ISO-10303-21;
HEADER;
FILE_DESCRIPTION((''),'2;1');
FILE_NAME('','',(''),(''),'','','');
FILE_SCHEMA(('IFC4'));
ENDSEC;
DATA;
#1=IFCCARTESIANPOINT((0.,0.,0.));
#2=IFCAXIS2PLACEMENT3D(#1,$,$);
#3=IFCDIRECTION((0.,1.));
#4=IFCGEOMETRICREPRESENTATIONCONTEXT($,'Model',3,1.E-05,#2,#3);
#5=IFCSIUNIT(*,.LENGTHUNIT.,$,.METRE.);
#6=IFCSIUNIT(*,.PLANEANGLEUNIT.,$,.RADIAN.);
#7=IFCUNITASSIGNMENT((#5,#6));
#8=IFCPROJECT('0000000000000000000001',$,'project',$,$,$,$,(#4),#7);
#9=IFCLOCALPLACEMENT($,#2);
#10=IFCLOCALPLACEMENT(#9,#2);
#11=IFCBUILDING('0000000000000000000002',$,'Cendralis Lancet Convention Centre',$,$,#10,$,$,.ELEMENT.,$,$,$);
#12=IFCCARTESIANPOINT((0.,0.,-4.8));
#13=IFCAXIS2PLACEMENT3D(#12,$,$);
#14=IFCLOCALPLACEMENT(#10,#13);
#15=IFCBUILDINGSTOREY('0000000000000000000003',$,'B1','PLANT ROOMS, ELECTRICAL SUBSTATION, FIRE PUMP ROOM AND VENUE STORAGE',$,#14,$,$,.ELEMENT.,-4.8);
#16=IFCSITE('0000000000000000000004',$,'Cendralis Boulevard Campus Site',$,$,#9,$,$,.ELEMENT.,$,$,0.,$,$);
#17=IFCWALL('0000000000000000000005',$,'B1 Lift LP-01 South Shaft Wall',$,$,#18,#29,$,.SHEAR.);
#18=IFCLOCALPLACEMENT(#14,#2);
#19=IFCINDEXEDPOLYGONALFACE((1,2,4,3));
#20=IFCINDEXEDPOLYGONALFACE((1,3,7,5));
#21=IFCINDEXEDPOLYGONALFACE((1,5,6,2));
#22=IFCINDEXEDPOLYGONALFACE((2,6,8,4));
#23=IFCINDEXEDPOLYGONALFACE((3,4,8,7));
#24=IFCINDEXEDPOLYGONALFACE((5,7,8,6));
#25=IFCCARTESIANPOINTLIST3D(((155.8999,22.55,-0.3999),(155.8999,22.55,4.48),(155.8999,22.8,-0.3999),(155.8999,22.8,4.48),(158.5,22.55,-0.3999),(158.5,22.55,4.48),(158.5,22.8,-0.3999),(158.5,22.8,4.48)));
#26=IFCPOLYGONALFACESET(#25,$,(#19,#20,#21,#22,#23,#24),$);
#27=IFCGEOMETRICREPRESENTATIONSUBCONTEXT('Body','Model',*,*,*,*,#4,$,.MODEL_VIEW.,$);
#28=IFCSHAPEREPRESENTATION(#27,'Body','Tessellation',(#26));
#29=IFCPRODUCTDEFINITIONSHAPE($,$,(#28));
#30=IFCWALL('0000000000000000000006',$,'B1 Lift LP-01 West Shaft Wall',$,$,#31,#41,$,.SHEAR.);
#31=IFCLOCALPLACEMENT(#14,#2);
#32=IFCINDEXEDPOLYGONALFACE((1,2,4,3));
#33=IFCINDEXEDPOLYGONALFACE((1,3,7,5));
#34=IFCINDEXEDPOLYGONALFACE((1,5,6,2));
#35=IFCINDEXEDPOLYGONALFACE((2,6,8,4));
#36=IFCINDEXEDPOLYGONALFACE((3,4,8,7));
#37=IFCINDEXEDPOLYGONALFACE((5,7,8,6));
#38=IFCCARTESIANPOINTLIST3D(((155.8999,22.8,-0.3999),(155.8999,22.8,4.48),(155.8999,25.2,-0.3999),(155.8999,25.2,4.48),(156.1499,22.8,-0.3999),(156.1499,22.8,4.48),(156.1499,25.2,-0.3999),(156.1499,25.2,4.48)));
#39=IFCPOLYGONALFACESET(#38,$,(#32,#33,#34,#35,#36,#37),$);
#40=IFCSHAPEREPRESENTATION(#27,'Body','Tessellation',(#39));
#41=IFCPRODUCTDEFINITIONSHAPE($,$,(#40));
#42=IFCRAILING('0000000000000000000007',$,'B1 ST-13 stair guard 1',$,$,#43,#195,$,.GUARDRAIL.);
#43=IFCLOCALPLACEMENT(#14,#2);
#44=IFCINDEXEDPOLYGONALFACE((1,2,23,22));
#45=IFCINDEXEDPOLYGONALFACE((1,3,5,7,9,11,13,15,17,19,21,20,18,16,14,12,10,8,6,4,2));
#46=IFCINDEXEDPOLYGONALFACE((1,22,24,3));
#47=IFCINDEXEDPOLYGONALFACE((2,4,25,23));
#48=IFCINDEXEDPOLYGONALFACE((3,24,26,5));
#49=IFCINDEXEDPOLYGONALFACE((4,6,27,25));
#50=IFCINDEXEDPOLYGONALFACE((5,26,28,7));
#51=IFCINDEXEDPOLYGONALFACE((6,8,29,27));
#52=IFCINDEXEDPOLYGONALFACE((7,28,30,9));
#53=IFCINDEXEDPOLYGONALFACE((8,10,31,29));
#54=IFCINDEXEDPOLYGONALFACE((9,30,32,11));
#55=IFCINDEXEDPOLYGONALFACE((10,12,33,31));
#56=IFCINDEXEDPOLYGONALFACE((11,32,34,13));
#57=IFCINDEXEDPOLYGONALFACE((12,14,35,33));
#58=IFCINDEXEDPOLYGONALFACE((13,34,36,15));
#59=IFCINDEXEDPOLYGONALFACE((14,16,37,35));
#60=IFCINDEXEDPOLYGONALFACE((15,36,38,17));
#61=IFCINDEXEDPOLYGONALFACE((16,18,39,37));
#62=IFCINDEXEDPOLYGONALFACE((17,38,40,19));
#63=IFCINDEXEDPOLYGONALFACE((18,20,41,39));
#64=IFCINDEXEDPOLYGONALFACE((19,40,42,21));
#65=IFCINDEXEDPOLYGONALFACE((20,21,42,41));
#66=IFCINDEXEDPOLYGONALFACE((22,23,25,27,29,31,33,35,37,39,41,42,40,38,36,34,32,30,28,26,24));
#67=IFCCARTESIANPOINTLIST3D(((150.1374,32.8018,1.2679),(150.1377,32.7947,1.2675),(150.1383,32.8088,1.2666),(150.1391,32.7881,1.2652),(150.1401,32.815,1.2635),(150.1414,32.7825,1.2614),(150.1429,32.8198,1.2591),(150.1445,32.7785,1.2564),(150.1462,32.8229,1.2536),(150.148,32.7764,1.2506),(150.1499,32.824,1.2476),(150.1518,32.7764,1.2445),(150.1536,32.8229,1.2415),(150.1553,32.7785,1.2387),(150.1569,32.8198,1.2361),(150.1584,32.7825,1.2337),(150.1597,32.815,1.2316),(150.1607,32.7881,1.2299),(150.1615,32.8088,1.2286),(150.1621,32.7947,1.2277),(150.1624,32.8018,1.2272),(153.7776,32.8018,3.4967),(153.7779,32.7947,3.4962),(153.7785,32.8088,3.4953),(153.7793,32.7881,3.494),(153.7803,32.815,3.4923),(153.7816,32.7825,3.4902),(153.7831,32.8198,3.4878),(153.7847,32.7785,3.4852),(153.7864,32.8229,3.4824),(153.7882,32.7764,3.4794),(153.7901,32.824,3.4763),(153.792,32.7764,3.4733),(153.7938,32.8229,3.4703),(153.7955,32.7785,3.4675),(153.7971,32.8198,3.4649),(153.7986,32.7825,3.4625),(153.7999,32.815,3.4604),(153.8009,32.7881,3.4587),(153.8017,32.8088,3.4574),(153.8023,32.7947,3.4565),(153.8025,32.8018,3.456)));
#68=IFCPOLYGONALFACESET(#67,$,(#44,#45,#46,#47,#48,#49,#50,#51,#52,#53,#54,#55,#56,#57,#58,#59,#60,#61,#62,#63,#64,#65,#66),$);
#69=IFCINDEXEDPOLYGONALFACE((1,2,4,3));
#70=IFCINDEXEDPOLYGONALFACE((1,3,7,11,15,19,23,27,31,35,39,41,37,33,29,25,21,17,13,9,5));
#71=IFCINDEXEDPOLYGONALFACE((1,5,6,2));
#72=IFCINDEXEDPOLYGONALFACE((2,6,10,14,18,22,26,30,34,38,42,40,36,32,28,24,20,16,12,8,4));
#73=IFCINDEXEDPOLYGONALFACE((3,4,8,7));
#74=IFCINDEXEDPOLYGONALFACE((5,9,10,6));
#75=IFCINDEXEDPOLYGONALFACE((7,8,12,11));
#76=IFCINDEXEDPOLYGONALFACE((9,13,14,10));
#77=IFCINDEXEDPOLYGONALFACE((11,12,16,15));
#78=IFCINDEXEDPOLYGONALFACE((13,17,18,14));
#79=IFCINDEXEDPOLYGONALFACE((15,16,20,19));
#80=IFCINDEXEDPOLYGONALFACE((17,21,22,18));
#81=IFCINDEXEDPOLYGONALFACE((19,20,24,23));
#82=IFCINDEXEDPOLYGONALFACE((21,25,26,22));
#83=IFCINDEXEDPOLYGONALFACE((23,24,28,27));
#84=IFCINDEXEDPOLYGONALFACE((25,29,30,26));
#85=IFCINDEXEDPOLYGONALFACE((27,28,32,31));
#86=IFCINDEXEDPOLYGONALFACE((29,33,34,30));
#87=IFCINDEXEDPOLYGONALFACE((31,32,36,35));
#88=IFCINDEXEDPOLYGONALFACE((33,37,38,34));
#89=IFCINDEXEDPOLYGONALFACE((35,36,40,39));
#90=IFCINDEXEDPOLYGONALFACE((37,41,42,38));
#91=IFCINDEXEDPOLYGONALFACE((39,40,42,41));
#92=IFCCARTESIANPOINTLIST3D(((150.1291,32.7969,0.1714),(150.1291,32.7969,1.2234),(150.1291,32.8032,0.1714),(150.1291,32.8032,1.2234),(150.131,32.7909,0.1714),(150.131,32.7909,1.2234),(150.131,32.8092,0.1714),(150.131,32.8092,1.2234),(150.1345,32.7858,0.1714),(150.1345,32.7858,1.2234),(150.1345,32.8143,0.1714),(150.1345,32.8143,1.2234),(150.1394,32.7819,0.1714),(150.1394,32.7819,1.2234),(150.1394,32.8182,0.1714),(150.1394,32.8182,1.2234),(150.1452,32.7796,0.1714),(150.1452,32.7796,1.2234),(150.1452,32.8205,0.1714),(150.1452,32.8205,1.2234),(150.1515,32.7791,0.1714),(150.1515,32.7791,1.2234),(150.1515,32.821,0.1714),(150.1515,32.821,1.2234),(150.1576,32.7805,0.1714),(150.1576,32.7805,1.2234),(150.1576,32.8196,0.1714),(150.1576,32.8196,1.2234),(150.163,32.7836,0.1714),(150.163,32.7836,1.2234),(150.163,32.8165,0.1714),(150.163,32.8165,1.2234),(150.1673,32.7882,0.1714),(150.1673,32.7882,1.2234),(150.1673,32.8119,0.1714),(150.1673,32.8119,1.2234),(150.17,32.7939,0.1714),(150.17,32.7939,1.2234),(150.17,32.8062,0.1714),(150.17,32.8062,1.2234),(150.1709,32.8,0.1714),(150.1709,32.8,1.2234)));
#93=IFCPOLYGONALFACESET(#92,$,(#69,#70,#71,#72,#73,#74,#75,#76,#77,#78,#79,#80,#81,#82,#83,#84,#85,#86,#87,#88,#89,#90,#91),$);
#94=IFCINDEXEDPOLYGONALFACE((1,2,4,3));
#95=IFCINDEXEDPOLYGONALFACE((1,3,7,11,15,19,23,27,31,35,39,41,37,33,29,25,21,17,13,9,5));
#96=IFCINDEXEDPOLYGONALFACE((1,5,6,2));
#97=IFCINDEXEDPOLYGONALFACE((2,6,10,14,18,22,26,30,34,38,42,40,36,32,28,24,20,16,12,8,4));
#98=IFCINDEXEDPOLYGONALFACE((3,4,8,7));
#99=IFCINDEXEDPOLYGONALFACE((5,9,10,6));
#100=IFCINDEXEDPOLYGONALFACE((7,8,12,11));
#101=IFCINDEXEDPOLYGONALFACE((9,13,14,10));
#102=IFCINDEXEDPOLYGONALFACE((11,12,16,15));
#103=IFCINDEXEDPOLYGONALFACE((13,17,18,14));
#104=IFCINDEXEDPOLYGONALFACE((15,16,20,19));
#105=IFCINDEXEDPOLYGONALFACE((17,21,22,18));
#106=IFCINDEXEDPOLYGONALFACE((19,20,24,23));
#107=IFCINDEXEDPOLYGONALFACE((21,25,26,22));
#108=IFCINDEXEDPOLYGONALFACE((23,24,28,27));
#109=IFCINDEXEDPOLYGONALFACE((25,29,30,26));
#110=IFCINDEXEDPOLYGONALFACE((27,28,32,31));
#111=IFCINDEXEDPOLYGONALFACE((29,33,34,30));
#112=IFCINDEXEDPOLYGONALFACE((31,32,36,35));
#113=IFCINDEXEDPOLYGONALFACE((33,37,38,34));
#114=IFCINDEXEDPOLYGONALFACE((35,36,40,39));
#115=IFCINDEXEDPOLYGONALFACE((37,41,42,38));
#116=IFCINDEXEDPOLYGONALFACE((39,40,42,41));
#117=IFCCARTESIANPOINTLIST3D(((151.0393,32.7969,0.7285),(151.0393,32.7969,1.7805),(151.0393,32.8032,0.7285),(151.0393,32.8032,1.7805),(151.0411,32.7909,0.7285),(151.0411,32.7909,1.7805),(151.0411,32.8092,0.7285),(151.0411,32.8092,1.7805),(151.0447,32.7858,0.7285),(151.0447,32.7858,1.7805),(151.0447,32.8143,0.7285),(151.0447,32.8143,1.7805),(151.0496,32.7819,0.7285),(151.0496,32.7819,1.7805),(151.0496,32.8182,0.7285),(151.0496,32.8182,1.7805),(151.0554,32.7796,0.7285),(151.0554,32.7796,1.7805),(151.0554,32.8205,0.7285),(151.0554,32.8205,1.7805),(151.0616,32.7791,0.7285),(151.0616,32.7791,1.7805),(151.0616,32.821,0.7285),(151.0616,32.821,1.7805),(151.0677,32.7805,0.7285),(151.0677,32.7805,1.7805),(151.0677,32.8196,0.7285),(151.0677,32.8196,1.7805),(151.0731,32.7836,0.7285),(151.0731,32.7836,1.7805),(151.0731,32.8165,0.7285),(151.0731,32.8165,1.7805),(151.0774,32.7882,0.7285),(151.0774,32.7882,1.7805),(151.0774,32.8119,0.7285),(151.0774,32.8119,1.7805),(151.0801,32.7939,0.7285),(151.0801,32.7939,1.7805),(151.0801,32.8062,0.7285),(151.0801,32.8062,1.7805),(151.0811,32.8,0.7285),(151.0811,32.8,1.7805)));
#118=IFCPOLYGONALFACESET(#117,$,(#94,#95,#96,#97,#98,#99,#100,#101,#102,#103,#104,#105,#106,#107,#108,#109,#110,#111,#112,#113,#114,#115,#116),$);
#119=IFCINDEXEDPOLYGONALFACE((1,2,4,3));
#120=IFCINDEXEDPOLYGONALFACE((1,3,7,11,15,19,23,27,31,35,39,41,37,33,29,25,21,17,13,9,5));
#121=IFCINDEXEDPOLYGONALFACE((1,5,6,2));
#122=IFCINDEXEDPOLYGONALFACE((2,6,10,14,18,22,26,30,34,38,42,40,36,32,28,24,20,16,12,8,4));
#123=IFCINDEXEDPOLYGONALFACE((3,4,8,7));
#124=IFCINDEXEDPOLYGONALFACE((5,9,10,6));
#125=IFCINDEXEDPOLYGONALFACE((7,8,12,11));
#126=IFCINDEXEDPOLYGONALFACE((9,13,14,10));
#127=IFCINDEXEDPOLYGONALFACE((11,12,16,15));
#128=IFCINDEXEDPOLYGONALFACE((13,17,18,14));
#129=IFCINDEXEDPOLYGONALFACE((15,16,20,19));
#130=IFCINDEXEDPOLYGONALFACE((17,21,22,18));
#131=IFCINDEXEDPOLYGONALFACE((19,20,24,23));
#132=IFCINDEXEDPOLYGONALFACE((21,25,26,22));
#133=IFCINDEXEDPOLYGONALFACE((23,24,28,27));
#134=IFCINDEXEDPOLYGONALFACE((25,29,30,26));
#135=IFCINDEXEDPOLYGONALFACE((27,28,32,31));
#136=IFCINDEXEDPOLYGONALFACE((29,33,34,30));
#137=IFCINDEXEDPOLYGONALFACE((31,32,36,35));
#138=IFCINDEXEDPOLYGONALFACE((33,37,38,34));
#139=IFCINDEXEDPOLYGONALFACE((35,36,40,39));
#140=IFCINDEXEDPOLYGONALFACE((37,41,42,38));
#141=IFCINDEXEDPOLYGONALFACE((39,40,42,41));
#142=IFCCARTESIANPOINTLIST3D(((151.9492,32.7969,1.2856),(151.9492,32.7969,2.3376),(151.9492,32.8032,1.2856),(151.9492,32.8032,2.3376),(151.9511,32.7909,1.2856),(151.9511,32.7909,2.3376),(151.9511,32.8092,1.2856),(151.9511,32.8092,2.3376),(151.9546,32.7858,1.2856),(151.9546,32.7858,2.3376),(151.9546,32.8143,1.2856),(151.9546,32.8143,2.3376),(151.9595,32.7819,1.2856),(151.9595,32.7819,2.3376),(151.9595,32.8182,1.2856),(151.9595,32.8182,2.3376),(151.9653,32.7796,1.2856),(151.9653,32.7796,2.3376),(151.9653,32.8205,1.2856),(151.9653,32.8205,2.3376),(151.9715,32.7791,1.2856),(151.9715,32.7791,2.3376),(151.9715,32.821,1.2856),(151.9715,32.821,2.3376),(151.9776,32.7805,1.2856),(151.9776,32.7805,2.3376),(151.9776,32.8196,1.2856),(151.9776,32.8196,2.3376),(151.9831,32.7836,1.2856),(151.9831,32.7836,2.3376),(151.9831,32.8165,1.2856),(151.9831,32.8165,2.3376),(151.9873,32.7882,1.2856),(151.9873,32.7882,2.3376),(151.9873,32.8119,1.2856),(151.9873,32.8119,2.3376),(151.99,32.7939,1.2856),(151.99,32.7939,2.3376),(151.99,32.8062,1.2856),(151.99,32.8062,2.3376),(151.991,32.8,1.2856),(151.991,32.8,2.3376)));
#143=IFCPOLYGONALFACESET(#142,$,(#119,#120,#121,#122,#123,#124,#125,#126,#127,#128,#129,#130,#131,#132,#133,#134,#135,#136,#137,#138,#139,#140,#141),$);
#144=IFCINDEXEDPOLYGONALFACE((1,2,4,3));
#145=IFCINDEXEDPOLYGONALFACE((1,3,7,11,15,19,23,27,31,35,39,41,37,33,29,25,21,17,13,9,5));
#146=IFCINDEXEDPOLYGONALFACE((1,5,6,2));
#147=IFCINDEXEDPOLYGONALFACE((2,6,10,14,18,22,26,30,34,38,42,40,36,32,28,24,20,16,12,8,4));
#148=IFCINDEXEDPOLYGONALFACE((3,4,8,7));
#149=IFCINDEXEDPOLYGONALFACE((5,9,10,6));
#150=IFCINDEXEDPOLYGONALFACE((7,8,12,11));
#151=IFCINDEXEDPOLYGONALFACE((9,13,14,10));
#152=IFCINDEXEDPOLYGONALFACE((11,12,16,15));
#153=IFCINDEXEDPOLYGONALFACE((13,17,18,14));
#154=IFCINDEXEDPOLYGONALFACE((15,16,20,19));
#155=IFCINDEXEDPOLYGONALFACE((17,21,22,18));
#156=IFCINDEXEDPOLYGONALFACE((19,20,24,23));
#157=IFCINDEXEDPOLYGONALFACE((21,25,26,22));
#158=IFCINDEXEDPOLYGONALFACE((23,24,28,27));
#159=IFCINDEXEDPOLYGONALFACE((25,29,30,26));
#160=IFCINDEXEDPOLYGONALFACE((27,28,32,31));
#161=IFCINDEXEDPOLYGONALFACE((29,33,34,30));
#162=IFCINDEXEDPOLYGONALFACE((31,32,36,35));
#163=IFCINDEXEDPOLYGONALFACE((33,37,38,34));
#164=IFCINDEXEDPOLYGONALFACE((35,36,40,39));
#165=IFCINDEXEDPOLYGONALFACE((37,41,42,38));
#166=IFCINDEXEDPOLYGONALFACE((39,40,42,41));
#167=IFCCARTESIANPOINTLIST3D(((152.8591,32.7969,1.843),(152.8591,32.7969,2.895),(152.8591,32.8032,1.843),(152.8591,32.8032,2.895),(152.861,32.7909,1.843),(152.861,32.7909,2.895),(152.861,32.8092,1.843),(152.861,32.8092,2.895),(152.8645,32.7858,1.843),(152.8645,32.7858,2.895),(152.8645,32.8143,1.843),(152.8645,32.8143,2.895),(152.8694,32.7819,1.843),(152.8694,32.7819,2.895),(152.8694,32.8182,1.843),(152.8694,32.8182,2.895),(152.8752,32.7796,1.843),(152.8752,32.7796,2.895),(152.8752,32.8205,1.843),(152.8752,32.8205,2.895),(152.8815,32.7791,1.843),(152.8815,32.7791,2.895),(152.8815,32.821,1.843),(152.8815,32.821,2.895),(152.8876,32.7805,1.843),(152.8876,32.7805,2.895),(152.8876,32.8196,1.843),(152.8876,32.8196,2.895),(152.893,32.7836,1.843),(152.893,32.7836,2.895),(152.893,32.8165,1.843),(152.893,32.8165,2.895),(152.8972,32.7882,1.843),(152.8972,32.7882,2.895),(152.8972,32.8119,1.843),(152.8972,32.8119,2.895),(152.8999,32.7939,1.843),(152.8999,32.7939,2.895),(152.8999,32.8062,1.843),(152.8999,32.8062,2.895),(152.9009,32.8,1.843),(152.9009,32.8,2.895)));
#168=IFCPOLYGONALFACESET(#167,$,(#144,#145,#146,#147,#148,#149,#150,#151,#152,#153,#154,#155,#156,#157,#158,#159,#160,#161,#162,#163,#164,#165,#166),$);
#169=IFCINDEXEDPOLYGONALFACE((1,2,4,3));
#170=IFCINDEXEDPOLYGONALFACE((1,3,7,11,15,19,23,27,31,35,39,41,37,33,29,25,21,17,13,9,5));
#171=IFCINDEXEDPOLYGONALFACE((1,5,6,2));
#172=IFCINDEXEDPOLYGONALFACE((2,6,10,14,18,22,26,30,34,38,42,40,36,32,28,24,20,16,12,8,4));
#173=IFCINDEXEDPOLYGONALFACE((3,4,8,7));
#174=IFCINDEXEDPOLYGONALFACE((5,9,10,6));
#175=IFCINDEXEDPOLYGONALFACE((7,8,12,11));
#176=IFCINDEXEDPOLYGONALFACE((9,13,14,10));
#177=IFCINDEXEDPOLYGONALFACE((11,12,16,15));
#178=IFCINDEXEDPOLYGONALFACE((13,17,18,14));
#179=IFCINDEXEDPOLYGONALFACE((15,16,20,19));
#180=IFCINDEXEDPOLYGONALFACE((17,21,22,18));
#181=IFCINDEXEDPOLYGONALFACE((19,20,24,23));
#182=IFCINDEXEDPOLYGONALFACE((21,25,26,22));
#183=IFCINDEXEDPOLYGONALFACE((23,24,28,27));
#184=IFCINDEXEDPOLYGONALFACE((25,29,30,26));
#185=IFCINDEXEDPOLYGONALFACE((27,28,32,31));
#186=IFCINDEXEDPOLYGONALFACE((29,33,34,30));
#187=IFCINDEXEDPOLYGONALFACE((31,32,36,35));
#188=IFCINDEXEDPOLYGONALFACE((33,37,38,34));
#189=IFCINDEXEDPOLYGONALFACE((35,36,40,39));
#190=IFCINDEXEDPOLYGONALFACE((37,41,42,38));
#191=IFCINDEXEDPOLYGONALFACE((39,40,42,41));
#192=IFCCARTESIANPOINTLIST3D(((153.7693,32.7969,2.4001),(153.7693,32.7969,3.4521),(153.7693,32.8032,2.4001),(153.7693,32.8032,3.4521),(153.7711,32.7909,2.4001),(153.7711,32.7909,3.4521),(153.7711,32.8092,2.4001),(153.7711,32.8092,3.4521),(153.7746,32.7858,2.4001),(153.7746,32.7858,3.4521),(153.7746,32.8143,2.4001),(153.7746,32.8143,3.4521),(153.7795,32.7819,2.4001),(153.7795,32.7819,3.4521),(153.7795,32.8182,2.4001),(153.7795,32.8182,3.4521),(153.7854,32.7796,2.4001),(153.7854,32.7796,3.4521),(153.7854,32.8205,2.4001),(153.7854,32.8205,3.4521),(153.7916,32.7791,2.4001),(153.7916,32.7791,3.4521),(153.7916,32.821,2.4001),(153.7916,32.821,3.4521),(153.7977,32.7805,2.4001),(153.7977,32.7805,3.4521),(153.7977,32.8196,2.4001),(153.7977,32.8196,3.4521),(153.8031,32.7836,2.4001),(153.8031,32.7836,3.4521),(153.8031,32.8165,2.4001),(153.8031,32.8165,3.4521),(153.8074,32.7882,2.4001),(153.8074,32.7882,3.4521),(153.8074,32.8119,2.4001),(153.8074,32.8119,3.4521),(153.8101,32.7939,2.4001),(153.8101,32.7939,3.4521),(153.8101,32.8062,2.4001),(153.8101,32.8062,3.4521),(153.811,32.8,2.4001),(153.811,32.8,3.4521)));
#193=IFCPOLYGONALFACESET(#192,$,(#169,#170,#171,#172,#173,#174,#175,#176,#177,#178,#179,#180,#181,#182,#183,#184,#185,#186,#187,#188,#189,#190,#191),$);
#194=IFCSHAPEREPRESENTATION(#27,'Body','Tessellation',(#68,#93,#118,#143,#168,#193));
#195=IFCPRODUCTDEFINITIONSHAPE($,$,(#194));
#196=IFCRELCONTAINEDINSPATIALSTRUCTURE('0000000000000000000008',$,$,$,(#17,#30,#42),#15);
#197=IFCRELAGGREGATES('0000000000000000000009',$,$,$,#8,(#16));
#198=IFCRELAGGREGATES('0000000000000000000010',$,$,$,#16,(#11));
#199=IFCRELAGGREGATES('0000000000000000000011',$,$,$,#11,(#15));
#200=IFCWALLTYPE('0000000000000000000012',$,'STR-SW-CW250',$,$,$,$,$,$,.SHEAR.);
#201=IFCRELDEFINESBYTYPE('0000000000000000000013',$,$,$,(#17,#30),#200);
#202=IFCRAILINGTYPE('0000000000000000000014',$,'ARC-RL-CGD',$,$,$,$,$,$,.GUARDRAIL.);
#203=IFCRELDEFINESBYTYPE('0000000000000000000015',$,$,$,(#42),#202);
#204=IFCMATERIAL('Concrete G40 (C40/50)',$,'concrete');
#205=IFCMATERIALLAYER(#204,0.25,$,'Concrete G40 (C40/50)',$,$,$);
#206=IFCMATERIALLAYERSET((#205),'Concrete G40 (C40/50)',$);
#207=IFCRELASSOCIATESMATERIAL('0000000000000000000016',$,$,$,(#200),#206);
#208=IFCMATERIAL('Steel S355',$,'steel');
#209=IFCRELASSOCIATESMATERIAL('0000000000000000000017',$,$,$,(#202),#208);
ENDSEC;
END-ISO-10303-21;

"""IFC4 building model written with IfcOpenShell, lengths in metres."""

from ifc_helpers import new_model, si_unit, direction, frame, frame_2d, origin, origin_2d, place, context, subcontext, project, spatial, rectangle, circle, extrude, material, layer, layer_set, type_object, element, save


model = new_model("IFC4")

# Units and contexts
model_context = context("Model", 3, precision=1e-05, world=origin(), true_north=direction((0.0, 1.0)))
body_context = subcontext(model_context, "Body", "Model", "MODEL_VIEW")
ifc_project = project(units=[si_unit("LENGTHUNIT", "METRE"), si_unit("PLANEANGLEUNIT", "RADIAN")], contexts=[model_context])

# Site, building, storey
site_placement = place(None, origin())
site = spatial("IfcSite", under=ifc_project, at=site_placement, Name="Cendralis Boulevard Campus Site", CompositionType="ELEMENT", RefElevation=0.0)
building_placement = place(site_placement, origin())
building = spatial("IfcBuilding", under=site, at=building_placement, Name="Cendralis Lancet Convention Centre", CompositionType="ELEMENT")
storey_placement = place(building_placement, frame((0.0, 0.0, -4.8)))
storey = spatial("IfcBuildingStorey", under=building, at=storey_placement, Name="B1", Description="PLANT ROOMS, ELECTRICAL SUBSTATION, FIRE PUMP ROOM AND VENUE STORAGE", CompositionType="ELEMENT", Elevation=-4.8)

# Shared definitions
ifc_material_1 = material(Name="Steel S355", Category="steel")

# Shared definitions
ifc_material_2 = material(Name="Concrete G40 (C40/50)", Category="concrete")

# Shared definitions
ifc_layer_1 = layer(ifc_material_2, 0.25, Name="Concrete G40 (C40/50)")
ifc_layer_set_1 = layer_set([ifc_layer_1], Name="Concrete G40 (C40/50)")
wall_type_1 = type_object("IfcWallType", Name="STR-SW-CW250", PredefinedType="SHEAR", material=ifc_layer_set_1)

# Wall
wall_1_placement = place(storey_placement, frame((155.8999, 22.675, -0.3999), z_axis=(0.0, 0.0, 1.0), x_axis=(1.0, 0.0, 0.0)))
element("IfcWall", 1, at=wall_1_placement, inside=storey, type_object=wall_type_1, Name="B1 Lift LP-01 South Shaft Wall", PredefinedType="SHEAR", context=body_context, shape_type="SweptSolid", body=[
    extrude(rectangle(XDim=2.6001, YDim=0.25, at=frame_2d((1.3, 0.0))), origin(), (0.0, 0.0, 1.0), 4.8799),
])

# Wall
wall_2_placement = place(storey_placement, frame((156.0249, 22.8, -0.3999), z_axis=(0.0, 0.0, 1.0), x_axis=(0.0, 1.0, 0.0)))
element("IfcWall", 2, at=wall_2_placement, inside=storey, type_object=wall_type_1, Name="B1 Lift LP-01 West Shaft Wall", PredefinedType="SHEAR", context=body_context, shape_type="SweptSolid", body=[
    extrude(rectangle(XDim=2.3999, YDim=0.25, at=frame_2d((1.2, 0.0))), origin(), (0.0, 0.0, 1.0), 4.8799),
])

# Railing
railing_type_1 = type_object("IfcRailingType", Name="ARC-RL-CGD", PredefinedType="GUARDRAIL", material=ifc_material_1)
railing_1_placement = place(storey_placement, frame((150.1499, 32.8, 0.1714)))
element("IfcRailing", 3, at=railing_1_placement, inside=storey, type_object=railing_type_1, Name="B1 ST-13 stair guard 1", PredefinedType="GUARDRAIL", context=body_context, shape_type="SweptSolid", body=[
    extrude(circle(Radius=0.0239, at=origin_2d()), frame((0.0, 0.0, 1.0762), z_axis=(0.85284, 0.0, 0.522172), x_axis=(0.0, 1.0, 0.0)), (0.0, 0.0, 1.0), 4.2683),
    extrude(circle(Radius=0.021, at=origin_2d()), origin(), (0.0, 0.0, 1.0), 1.052),
    extrude(circle(Radius=0.021, at=origin_2d()), frame((0.9102, 0.0, 0.5571)), (0.0, 0.0, 1.0), 1.052),
    extrude(circle(Radius=0.021, at=origin_2d()), frame((1.8201, 0.0, 1.1143)), (0.0, 0.0, 1.0), 1.052),
    extrude(circle(Radius=0.021, at=origin_2d()), frame((2.73, 0.0, 1.6716)), (0.0, 0.0, 1.0), 1.052),
    extrude(circle(Radius=0.021, at=origin_2d()), frame((3.6401, 0.0, 2.2288)), (0.0, 0.0, 1.0), 1.052),
])

save(model, "model.ifc")
